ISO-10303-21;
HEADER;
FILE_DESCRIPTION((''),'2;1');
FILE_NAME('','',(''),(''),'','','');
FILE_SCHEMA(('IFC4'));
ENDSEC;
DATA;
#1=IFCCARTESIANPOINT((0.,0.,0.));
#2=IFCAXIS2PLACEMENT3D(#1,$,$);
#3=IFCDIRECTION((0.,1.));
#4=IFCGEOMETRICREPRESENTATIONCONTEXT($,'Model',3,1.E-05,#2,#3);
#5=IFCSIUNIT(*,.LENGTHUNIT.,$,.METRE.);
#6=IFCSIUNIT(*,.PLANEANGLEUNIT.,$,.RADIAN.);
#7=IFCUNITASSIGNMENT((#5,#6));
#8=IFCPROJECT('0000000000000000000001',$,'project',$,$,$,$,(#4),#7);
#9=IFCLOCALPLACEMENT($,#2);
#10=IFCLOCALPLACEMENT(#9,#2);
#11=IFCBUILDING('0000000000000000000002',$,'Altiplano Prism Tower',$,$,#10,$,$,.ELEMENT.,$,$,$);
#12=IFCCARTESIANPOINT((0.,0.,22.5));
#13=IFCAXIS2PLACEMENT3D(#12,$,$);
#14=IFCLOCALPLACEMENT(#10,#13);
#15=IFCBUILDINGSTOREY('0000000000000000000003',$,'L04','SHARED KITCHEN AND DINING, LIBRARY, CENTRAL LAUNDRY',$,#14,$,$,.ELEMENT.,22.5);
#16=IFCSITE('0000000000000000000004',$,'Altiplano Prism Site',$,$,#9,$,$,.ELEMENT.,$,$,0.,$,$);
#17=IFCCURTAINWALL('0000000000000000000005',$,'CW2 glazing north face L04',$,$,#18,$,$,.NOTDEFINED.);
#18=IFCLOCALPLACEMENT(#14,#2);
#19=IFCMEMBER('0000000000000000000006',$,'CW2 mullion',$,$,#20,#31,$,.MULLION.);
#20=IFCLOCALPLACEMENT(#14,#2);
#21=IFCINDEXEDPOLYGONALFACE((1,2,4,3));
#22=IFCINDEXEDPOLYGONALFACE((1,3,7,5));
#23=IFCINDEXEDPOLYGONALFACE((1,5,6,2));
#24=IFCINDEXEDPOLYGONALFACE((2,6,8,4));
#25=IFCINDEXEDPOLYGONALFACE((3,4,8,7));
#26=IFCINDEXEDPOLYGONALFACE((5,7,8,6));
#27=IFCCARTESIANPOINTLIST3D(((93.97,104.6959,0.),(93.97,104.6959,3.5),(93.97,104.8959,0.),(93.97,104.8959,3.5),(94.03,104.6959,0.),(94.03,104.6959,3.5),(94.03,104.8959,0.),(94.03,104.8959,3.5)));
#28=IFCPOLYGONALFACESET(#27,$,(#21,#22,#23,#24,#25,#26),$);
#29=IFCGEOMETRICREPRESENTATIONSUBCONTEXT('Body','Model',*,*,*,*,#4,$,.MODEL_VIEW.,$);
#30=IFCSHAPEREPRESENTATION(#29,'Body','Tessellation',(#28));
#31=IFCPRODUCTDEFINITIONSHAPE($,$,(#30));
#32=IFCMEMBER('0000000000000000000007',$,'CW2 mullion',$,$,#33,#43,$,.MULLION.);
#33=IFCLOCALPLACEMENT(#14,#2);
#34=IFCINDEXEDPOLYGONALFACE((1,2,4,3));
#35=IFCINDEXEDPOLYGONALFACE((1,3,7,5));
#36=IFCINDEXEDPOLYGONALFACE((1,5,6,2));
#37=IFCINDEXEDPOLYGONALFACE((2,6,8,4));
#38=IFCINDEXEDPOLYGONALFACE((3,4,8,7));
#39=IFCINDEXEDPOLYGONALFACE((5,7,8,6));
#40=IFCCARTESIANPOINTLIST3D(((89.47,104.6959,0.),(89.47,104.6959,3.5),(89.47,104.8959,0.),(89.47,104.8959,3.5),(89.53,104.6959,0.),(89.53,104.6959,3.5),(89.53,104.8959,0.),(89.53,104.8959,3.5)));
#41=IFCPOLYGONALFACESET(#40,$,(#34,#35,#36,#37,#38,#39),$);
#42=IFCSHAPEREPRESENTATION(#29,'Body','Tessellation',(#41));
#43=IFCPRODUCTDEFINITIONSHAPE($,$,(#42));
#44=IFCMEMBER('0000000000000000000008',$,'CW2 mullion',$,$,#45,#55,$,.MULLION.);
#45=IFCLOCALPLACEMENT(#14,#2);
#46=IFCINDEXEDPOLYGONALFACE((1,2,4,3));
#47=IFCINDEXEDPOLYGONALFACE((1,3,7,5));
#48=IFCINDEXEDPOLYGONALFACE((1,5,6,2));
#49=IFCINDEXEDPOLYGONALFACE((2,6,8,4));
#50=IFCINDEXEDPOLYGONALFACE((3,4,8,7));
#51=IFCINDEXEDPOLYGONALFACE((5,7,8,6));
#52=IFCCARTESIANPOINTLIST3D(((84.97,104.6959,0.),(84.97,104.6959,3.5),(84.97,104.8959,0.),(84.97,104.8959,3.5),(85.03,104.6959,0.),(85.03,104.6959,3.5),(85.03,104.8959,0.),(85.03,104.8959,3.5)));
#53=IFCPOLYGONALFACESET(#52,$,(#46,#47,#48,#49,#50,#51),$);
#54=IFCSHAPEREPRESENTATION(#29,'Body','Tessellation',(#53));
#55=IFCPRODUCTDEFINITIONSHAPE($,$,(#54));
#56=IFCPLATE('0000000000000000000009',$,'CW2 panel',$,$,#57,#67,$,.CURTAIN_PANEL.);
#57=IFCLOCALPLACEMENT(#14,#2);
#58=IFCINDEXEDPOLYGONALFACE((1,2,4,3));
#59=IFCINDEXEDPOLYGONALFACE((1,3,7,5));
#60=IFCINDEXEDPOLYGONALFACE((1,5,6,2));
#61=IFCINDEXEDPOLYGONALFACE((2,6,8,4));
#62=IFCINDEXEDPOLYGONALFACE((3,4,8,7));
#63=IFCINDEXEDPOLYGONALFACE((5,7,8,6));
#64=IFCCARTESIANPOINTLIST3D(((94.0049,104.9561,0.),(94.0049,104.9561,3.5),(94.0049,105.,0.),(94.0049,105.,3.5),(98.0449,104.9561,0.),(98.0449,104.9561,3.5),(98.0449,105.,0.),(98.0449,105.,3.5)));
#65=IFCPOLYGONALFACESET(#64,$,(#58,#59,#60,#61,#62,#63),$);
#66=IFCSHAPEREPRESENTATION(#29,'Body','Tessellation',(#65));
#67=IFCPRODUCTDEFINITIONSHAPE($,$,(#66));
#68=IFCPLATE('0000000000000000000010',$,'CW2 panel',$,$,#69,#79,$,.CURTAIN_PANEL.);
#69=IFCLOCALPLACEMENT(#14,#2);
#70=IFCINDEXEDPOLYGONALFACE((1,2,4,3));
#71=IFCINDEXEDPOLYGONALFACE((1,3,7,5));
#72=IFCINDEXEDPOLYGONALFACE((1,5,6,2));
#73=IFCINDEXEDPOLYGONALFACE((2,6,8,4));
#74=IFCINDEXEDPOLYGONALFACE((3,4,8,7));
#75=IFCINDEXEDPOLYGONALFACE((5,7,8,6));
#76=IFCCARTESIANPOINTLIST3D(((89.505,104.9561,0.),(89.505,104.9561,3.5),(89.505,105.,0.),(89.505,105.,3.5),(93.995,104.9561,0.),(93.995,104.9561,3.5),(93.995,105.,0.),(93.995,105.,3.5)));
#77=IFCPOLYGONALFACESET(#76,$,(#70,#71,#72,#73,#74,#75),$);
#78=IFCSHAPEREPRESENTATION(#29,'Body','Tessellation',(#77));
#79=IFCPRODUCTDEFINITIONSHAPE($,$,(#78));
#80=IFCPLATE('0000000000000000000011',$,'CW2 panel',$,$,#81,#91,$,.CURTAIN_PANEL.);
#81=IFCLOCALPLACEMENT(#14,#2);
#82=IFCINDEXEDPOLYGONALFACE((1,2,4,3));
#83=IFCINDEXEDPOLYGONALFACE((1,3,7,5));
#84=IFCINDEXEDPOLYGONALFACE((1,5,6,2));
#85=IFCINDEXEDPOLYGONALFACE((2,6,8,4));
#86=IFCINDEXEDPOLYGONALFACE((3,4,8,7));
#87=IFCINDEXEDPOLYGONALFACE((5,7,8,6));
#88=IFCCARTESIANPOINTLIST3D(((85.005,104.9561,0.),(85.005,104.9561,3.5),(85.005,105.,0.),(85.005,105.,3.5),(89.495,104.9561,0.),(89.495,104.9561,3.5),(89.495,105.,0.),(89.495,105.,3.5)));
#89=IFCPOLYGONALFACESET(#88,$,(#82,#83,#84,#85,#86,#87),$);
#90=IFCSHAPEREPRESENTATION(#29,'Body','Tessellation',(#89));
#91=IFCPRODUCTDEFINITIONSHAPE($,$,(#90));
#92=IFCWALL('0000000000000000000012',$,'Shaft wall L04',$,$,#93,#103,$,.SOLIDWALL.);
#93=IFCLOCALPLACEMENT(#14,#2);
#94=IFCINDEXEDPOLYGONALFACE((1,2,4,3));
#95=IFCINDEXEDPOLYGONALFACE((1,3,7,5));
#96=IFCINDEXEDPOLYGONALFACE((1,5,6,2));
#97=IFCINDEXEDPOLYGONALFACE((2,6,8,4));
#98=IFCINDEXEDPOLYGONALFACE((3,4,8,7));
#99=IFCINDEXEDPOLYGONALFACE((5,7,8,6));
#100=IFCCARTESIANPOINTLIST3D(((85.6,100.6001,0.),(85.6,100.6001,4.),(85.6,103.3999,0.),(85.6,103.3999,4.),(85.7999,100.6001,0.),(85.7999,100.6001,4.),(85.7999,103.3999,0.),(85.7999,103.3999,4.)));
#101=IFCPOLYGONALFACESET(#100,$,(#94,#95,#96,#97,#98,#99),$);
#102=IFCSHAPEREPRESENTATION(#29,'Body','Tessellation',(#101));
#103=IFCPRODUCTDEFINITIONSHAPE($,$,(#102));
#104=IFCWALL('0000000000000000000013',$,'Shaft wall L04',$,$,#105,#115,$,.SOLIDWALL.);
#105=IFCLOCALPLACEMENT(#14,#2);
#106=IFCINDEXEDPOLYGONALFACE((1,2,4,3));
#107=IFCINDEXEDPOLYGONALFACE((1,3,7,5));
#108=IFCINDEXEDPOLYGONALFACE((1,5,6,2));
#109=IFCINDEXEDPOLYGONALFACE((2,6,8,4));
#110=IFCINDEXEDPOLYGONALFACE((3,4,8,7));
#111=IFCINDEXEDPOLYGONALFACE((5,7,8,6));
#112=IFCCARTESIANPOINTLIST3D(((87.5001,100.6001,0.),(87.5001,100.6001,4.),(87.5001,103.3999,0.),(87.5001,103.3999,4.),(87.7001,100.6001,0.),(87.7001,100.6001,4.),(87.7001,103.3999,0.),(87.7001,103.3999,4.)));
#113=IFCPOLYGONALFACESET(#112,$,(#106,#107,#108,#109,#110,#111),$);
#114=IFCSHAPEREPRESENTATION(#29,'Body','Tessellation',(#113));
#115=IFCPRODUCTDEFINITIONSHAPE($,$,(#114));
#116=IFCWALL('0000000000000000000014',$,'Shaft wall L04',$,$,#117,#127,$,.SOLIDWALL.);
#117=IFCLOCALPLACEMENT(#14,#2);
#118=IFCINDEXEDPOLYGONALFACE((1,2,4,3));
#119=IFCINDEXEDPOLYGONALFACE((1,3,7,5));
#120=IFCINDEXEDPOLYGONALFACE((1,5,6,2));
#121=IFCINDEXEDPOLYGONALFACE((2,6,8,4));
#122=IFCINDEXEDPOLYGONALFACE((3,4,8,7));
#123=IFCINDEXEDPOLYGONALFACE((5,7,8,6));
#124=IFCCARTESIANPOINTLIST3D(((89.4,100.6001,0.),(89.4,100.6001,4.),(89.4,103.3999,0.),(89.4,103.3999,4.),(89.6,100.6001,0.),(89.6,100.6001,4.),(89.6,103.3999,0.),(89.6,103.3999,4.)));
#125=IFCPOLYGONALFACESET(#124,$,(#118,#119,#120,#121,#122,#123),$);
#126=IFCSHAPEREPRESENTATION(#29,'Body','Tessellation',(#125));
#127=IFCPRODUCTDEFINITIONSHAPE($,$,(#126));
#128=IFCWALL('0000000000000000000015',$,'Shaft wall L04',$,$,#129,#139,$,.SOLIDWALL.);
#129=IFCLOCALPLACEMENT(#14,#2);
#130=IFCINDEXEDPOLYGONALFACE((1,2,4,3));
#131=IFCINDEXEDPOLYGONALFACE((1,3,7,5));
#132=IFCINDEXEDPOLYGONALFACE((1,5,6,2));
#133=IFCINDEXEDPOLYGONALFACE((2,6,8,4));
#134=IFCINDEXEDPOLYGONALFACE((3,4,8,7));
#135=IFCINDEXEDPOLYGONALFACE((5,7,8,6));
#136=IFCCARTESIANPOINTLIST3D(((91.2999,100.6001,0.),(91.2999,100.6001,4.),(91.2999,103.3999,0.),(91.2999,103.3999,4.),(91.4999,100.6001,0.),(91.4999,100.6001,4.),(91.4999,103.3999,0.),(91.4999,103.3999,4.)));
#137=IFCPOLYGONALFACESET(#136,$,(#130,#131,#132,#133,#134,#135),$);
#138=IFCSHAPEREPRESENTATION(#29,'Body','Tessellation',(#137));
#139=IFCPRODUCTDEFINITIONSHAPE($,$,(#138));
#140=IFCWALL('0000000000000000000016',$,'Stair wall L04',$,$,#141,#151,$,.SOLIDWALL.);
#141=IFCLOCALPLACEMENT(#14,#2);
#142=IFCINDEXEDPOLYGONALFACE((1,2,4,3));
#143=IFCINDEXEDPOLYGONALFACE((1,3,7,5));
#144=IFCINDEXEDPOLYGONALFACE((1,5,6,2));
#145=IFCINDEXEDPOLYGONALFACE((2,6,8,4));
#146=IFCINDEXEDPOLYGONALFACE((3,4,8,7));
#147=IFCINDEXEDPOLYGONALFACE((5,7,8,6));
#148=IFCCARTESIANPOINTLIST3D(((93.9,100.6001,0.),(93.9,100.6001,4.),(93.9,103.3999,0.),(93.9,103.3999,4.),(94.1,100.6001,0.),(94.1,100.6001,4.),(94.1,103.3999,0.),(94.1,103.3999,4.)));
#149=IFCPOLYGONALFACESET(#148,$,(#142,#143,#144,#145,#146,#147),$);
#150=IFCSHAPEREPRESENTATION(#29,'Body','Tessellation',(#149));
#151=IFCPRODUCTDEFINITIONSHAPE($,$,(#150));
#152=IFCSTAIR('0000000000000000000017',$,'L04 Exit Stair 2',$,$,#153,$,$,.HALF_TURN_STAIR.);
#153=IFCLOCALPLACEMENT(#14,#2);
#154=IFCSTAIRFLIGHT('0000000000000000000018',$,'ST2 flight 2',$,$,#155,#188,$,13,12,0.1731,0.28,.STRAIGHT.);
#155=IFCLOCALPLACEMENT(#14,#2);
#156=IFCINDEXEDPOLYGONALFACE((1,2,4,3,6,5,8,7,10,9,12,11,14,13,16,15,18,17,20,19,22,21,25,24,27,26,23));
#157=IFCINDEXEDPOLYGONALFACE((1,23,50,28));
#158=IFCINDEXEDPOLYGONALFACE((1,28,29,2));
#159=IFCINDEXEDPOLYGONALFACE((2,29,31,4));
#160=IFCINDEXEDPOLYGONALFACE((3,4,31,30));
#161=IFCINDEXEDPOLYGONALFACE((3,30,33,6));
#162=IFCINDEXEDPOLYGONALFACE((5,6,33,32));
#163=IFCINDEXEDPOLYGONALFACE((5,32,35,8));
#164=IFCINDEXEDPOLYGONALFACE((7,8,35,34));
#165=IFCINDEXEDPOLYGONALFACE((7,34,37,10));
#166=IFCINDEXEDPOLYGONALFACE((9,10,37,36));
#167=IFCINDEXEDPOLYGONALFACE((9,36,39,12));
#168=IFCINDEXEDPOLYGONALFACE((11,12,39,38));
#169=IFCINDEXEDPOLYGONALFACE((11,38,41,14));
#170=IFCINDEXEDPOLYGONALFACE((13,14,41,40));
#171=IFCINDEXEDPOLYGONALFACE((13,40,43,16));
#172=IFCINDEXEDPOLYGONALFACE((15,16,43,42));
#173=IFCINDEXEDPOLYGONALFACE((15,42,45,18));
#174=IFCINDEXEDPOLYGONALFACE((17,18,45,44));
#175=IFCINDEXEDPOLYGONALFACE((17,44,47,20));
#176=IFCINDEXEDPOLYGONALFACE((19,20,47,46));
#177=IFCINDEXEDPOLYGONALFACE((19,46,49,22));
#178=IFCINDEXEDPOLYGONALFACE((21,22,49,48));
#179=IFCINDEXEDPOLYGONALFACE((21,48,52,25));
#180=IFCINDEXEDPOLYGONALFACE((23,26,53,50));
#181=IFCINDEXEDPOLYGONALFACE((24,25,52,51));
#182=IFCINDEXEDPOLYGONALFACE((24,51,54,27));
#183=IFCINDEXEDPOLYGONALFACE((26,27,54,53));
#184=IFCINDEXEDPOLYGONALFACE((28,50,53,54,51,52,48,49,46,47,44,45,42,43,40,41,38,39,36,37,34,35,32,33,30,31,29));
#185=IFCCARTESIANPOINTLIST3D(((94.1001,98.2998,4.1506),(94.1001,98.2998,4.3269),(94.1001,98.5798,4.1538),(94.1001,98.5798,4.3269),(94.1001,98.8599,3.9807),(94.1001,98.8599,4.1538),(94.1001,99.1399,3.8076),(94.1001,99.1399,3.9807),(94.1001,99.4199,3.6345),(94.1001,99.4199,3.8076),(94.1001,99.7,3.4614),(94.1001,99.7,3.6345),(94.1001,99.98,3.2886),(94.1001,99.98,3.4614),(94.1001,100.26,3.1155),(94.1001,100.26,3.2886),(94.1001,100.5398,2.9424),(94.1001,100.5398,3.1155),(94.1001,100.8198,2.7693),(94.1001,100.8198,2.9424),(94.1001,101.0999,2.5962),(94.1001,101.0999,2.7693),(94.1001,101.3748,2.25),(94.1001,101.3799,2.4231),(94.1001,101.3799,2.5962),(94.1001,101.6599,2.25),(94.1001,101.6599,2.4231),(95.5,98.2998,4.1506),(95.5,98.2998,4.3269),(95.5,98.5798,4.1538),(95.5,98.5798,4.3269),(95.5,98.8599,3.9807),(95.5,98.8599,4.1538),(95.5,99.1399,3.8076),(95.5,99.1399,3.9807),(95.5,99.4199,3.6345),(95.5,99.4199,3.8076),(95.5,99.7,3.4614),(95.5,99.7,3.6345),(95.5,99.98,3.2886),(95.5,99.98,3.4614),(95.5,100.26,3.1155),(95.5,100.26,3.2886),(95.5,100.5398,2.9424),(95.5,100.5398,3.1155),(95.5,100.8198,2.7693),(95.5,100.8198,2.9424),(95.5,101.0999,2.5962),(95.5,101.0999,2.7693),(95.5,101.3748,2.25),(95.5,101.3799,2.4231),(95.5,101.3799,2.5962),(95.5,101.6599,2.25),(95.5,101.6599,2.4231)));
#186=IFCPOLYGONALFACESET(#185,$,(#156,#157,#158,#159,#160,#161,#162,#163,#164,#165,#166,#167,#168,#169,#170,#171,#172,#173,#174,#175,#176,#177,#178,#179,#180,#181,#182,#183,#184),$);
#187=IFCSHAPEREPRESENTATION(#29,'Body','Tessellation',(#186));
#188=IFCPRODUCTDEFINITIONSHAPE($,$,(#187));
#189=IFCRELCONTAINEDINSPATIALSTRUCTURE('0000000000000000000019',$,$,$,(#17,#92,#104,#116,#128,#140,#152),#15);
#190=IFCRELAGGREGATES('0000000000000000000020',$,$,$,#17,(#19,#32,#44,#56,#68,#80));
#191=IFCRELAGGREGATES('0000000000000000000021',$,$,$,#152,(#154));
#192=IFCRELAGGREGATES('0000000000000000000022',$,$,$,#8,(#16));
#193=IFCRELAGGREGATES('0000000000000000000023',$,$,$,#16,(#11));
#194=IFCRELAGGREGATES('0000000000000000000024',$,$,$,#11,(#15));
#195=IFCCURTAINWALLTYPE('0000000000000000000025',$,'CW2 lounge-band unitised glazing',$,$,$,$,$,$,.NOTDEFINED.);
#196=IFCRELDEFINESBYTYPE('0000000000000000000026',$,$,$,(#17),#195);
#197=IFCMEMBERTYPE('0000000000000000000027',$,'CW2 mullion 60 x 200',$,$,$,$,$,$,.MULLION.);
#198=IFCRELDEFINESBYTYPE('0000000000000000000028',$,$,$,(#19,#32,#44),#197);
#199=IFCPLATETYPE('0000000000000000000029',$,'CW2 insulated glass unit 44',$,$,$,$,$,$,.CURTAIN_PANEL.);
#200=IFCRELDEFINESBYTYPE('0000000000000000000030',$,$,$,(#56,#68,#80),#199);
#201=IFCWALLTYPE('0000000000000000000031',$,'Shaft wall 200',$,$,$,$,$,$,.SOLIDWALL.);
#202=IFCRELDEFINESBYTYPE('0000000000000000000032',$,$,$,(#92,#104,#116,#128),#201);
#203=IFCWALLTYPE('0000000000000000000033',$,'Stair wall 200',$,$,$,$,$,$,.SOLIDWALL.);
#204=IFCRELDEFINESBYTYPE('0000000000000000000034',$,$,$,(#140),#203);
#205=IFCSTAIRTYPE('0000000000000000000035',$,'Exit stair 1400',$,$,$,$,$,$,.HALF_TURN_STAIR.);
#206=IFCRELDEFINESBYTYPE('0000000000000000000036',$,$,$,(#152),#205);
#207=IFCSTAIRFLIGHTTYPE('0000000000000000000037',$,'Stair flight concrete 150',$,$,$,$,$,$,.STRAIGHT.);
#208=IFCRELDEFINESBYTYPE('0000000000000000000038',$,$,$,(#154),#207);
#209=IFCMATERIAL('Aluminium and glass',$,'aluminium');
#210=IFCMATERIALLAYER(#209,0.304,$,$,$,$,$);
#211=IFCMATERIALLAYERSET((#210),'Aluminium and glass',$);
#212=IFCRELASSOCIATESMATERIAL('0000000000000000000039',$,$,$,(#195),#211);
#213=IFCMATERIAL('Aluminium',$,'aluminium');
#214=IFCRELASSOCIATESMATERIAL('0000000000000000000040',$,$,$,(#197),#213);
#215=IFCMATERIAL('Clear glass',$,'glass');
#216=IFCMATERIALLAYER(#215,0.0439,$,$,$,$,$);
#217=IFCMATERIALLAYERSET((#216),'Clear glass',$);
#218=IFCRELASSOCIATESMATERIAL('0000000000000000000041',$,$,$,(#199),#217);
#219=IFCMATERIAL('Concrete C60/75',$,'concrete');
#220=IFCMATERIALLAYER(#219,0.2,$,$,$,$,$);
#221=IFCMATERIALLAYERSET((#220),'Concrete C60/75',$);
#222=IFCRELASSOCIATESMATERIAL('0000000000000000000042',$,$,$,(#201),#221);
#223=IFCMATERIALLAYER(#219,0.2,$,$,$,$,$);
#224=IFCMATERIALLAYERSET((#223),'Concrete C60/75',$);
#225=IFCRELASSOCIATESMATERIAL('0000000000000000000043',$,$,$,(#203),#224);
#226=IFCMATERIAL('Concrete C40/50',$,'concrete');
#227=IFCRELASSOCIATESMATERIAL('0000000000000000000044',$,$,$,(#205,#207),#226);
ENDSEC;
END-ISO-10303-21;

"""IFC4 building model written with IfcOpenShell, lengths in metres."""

from ifc_helpers import new_model, si_unit, direction, frame, frame_2d, origin, origin_2d, place, context, subcontext, project, spatial, polyline, rectangle, outline, extrude, material, layer, layer_set, material_profile, profile_set, type_object, element, aggregate, save


model = new_model("IFC4")

# Units and contexts
model_context = context("Model", 3, precision=1e-05, world=origin(), true_north=direction((0.0, 1.0)))
body_context = subcontext(model_context, "Body", "Model", "MODEL_VIEW")
ifc_project = project(units=[si_unit("LENGTHUNIT", "METRE"), si_unit("PLANEANGLEUNIT", "RADIAN")], contexts=[model_context])

# Site, building, storey
site_placement = place(None, origin())
site = spatial("IfcSite", under=ifc_project, at=site_placement, Name="Altiplano Prism Site", CompositionType="ELEMENT", RefElevation=0.0)
building_placement = place(site_placement, origin())
building = spatial("IfcBuilding", under=site, at=building_placement, Name="Altiplano Prism Tower", CompositionType="ELEMENT")
storey_placement = place(building_placement, frame((0.0, 0.0, 22.5)))
storey = spatial("IfcBuildingStorey", under=building, at=storey_placement, Name="L04", Description="SHARED KITCHEN AND DINING, LIBRARY, CENTRAL LAUNDRY", CompositionType="ELEMENT", Elevation=22.5)

# Curtain wall, members, plates
ifc_material_1 = material(Name="Aluminium and glass", Category="aluminium")
ifc_layer_1 = layer(ifc_material_1, 0.304)
ifc_layer_set_1 = layer_set([ifc_layer_1], Name="Aluminium and glass")
curtain_wall_type = type_object("IfcCurtainWallType", Name="CW2 lounge-band unitised glazing", PredefinedType="NOTDEFINED", material=ifc_layer_set_1)
curtain_wall_placement = place(storey_placement, origin())
curtain_wall = element("IfcCurtainWall", 1, at=curtain_wall_placement, inside=storey, type_object=curtain_wall_type, Name="CW2 glazing north face L04", PredefinedType="NOTDEFINED")
ifc_material_2 = material(Name="Aluminium", Category="aluminium")
ifc_material_profile = material_profile(ifc_material_2, rectangle(XDim=0.2, YDim=0.0601, at=origin_2d()), Name="CW2 mullion 60 x 200")
ifc_profile_set = profile_set([ifc_material_profile], Name="Aluminium")
member_type = type_object("IfcMemberType", Name="CW2 mullion 60 x 200", PredefinedType="MULLION", material=ifc_profile_set)
member_1_placement = place(storey_placement, frame((94.0, 104.7959, 0.0), z_axis=(0.0, 0.0, 1.0), x_axis=(0.0, -1.0, 0.0)))
member_1 = element("IfcMember", 2, at=member_1_placement, type_object=member_type, Name="CW2 mullion", PredefinedType="MULLION", context=body_context, shape_type="SweptSolid", body=[
    extrude(rectangle(XDim=0.2, YDim=0.0601, at=origin_2d()), origin(), (0.0, 0.0, 1.0), 3.5),
])
member_2_placement = place(storey_placement, frame((89.5, 104.7959, 0.0), z_axis=(0.0, 0.0, 1.0), x_axis=(0.0, -1.0, 0.0)))
member_2 = element("IfcMember", 3, at=member_2_placement, type_object=member_type, Name="CW2 mullion", PredefinedType="MULLION", context=body_context, shape_type="SweptSolid", body=[
    extrude(rectangle(XDim=0.2, YDim=0.0601, at=origin_2d()), origin(), (0.0, 0.0, 1.0), 3.5),
])
member_3_placement = place(storey_placement, frame((85.0, 104.7959, 0.0), z_axis=(0.0, 0.0, 1.0), x_axis=(0.0, -1.0, 0.0)))
member_3 = element("IfcMember", 4, at=member_3_placement, type_object=member_type, Name="CW2 mullion", PredefinedType="MULLION", context=body_context, shape_type="SweptSolid", body=[
    extrude(rectangle(XDim=0.2, YDim=0.0601, at=origin_2d()), origin(), (0.0, 0.0, 1.0), 3.5),
])
ifc_material_3 = material(Name="Clear glass", Category="glass")
ifc_layer_2 = layer(ifc_material_3, 0.0439)
ifc_layer_set_2 = layer_set([ifc_layer_2], Name="Clear glass")
plate_type = type_object("IfcPlateType", Name="CW2 insulated glass unit 44", PredefinedType="CURTAIN_PANEL", material=ifc_layer_set_2)
plate_1_placement = place(storey_placement, frame((96.0249, 104.978, 0.0), z_axis=(0.0, 0.0, 1.0), x_axis=(-1.0, 0.0, 0.0)))
plate_1 = element("IfcPlate", 5, at=plate_1_placement, type_object=plate_type, Name="CW2 panel", PredefinedType="CURTAIN_PANEL", context=body_context, shape_type="SweptSolid", body=[
    extrude(rectangle(XDim=4.04, YDim=0.0439, at=origin_2d()), origin(), (0.0, 0.0, 1.0), 3.5),
])
plate_2_placement = place(storey_placement, frame((91.75, 104.978, 0.0), z_axis=(0.0, 0.0, 1.0), x_axis=(-1.0, 0.0, 0.0)))
plate_2 = element("IfcPlate", 6, at=plate_2_placement, type_object=plate_type, Name="CW2 panel", PredefinedType="CURTAIN_PANEL", context=body_context, shape_type="SweptSolid", body=[
    extrude(rectangle(XDim=4.49, YDim=0.0439, at=origin_2d()), origin(), (0.0, 0.0, 1.0), 3.5),
])
plate_3_placement = place(storey_placement, frame((87.25, 104.978, 0.0), z_axis=(0.0, 0.0, 1.0), x_axis=(-1.0, 0.0, 0.0)))
plate_3 = element("IfcPlate", 7, at=plate_3_placement, type_object=plate_type, Name="CW2 panel", PredefinedType="CURTAIN_PANEL", context=body_context, shape_type="SweptSolid", body=[
    extrude(rectangle(XDim=4.49, YDim=0.0439, at=origin_2d()), origin(), (0.0, 0.0, 1.0), 3.5),
])
aggregate(curtain_wall, [member_1, member_2, member_3, plate_1, plate_2, plate_3])

# Walls
ifc_material_4 = material(Name="Concrete C60/75", Category="concrete")
ifc_layer_3 = layer(ifc_material_4, 0.2)
ifc_layer_set_3 = layer_set([ifc_layer_3], Name="Concrete C60/75")
wall_type_1 = type_object("IfcWallType", Name="Shaft wall 200", PredefinedType="SOLIDWALL", material=ifc_layer_set_3)
for number, where, z_axis, x_axis, name in (
    (8, (85.7, 100.6001, 0.0), (0.0, 0.0, 1.0), (0.0, 1.0, 0.0), "Shaft wall L04"),
    (9, (87.6001, 100.6001, 0.0), (0.0, 0.0, 1.0), (0.0, 1.0, 0.0), "Shaft wall L04"),
    (10, (89.5, 100.6001, 0.0), (0.0, 0.0, 1.0), (0.0, 1.0, 0.0), "Shaft wall L04"),
    (11, (91.3999, 100.6001, 0.0), (0.0, 0.0, 1.0), (0.0, 1.0, 0.0), "Shaft wall L04"),
):
    element("IfcWall", number, at=place(storey_placement, frame(where, z_axis=z_axis, x_axis=x_axis)), inside=storey, type_object=wall_type_1, Name=name, PredefinedType="SOLIDWALL", context=body_context, shape_type="SweptSolid", body=[
        extrude(rectangle(XDim=2.7998, YDim=0.2, at=frame_2d((1.3999, 0.0))), origin(), (0.0, 0.0, 1.0), 4.0),
    ])
ifc_layer_4 = layer(ifc_material_4, 0.2)
ifc_layer_set_4 = layer_set([ifc_layer_4], Name="Concrete C60/75")
wall_type_2 = type_object("IfcWallType", Name="Stair wall 200", PredefinedType="SOLIDWALL", material=ifc_layer_set_4)
wall_placement = place(storey_placement, frame((94.0, 100.6001, 0.0), z_axis=(0.0, 0.0, 1.0), x_axis=(0.0, 1.0, 0.0)))
element("IfcWall", 12, at=wall_placement, inside=storey, type_object=wall_type_2, Name="Stair wall L04", PredefinedType="SOLIDWALL", context=body_context, shape_type="SweptSolid", body=[
    extrude(rectangle(XDim=2.7998, YDim=0.2, at=frame_2d((1.3999, 0.0))), origin(), (0.0, 0.0, 1.0), 4.0),
])

# Stair, stair flight
ifc_material_5 = material(Name="Concrete C40/50", Category="concrete")
stair_type = type_object("IfcStairType", Name="Exit stair 1400", PredefinedType="HALF_TURN_STAIR", material=ifc_material_5)
stair_placement = place(storey_placement, origin())
stair = element("IfcStair", 13, at=stair_placement, inside=storey, type_object=stair_type, Name="L04 Exit Stair 2", PredefinedType="HALF_TURN_STAIR")
stair_flight_type = type_object("IfcStairFlightType", Name="Stair flight concrete 150", PredefinedType="STRAIGHT", material=ifc_material_5)
stair_flight_placement = place(storey_placement, frame((94.8, 101.6599, 2.25), z_axis=(0.0, 0.0, 1.0), x_axis=(0.0, -1.0, 0.0)))
stair_flight = element("IfcStairFlight", 14, at=stair_flight_placement, type_object=stair_flight_type, Name="ST2 flight 2", NumberOfRisers=13, NumberOfTreads=12, PredefinedType="STRAIGHT", RiserHeight=0.1731, TreadLength=0.28, context=body_context, shape_type="SweptSolid", body=[
    extrude(outline(polyline([(0.0, 0.0), (0.0, 0.1731), (0.28, 0.1731), (0.28, 0.3462), (0.5601, 0.3462), (0.5601, 0.5193), (0.8401, 0.5193), (0.8401, 0.6924), (1.1201, 0.6924), (1.1201, 0.8655), (1.3999, 0.8655), (1.3999, 1.0386), (1.6799, 1.0386), (1.6799, 1.2114), (1.96, 1.2114), (1.96, 1.3845), (2.24, 1.3845), (2.24, 1.5576), (2.52, 1.5576), (2.52, 1.7307), (2.8, 1.7307), (2.8, 1.9038), (3.0801, 1.9038), (3.0801, 2.0769), (3.3601, 2.0769), (3.3601, 2.25), (3.3601, 1.9006), (0.2852, 0.0), (0.0, 0.0)])), frame((0.0, 0.7, 0.0), z_axis=(0.0, -1.0, 0.0), x_axis=(1.0, 0.0, 0.0)), (0.0, 0.0, 1.0), 1.3999),
])
aggregate(stair, [stair_flight])

save(model, "model.ifc")
